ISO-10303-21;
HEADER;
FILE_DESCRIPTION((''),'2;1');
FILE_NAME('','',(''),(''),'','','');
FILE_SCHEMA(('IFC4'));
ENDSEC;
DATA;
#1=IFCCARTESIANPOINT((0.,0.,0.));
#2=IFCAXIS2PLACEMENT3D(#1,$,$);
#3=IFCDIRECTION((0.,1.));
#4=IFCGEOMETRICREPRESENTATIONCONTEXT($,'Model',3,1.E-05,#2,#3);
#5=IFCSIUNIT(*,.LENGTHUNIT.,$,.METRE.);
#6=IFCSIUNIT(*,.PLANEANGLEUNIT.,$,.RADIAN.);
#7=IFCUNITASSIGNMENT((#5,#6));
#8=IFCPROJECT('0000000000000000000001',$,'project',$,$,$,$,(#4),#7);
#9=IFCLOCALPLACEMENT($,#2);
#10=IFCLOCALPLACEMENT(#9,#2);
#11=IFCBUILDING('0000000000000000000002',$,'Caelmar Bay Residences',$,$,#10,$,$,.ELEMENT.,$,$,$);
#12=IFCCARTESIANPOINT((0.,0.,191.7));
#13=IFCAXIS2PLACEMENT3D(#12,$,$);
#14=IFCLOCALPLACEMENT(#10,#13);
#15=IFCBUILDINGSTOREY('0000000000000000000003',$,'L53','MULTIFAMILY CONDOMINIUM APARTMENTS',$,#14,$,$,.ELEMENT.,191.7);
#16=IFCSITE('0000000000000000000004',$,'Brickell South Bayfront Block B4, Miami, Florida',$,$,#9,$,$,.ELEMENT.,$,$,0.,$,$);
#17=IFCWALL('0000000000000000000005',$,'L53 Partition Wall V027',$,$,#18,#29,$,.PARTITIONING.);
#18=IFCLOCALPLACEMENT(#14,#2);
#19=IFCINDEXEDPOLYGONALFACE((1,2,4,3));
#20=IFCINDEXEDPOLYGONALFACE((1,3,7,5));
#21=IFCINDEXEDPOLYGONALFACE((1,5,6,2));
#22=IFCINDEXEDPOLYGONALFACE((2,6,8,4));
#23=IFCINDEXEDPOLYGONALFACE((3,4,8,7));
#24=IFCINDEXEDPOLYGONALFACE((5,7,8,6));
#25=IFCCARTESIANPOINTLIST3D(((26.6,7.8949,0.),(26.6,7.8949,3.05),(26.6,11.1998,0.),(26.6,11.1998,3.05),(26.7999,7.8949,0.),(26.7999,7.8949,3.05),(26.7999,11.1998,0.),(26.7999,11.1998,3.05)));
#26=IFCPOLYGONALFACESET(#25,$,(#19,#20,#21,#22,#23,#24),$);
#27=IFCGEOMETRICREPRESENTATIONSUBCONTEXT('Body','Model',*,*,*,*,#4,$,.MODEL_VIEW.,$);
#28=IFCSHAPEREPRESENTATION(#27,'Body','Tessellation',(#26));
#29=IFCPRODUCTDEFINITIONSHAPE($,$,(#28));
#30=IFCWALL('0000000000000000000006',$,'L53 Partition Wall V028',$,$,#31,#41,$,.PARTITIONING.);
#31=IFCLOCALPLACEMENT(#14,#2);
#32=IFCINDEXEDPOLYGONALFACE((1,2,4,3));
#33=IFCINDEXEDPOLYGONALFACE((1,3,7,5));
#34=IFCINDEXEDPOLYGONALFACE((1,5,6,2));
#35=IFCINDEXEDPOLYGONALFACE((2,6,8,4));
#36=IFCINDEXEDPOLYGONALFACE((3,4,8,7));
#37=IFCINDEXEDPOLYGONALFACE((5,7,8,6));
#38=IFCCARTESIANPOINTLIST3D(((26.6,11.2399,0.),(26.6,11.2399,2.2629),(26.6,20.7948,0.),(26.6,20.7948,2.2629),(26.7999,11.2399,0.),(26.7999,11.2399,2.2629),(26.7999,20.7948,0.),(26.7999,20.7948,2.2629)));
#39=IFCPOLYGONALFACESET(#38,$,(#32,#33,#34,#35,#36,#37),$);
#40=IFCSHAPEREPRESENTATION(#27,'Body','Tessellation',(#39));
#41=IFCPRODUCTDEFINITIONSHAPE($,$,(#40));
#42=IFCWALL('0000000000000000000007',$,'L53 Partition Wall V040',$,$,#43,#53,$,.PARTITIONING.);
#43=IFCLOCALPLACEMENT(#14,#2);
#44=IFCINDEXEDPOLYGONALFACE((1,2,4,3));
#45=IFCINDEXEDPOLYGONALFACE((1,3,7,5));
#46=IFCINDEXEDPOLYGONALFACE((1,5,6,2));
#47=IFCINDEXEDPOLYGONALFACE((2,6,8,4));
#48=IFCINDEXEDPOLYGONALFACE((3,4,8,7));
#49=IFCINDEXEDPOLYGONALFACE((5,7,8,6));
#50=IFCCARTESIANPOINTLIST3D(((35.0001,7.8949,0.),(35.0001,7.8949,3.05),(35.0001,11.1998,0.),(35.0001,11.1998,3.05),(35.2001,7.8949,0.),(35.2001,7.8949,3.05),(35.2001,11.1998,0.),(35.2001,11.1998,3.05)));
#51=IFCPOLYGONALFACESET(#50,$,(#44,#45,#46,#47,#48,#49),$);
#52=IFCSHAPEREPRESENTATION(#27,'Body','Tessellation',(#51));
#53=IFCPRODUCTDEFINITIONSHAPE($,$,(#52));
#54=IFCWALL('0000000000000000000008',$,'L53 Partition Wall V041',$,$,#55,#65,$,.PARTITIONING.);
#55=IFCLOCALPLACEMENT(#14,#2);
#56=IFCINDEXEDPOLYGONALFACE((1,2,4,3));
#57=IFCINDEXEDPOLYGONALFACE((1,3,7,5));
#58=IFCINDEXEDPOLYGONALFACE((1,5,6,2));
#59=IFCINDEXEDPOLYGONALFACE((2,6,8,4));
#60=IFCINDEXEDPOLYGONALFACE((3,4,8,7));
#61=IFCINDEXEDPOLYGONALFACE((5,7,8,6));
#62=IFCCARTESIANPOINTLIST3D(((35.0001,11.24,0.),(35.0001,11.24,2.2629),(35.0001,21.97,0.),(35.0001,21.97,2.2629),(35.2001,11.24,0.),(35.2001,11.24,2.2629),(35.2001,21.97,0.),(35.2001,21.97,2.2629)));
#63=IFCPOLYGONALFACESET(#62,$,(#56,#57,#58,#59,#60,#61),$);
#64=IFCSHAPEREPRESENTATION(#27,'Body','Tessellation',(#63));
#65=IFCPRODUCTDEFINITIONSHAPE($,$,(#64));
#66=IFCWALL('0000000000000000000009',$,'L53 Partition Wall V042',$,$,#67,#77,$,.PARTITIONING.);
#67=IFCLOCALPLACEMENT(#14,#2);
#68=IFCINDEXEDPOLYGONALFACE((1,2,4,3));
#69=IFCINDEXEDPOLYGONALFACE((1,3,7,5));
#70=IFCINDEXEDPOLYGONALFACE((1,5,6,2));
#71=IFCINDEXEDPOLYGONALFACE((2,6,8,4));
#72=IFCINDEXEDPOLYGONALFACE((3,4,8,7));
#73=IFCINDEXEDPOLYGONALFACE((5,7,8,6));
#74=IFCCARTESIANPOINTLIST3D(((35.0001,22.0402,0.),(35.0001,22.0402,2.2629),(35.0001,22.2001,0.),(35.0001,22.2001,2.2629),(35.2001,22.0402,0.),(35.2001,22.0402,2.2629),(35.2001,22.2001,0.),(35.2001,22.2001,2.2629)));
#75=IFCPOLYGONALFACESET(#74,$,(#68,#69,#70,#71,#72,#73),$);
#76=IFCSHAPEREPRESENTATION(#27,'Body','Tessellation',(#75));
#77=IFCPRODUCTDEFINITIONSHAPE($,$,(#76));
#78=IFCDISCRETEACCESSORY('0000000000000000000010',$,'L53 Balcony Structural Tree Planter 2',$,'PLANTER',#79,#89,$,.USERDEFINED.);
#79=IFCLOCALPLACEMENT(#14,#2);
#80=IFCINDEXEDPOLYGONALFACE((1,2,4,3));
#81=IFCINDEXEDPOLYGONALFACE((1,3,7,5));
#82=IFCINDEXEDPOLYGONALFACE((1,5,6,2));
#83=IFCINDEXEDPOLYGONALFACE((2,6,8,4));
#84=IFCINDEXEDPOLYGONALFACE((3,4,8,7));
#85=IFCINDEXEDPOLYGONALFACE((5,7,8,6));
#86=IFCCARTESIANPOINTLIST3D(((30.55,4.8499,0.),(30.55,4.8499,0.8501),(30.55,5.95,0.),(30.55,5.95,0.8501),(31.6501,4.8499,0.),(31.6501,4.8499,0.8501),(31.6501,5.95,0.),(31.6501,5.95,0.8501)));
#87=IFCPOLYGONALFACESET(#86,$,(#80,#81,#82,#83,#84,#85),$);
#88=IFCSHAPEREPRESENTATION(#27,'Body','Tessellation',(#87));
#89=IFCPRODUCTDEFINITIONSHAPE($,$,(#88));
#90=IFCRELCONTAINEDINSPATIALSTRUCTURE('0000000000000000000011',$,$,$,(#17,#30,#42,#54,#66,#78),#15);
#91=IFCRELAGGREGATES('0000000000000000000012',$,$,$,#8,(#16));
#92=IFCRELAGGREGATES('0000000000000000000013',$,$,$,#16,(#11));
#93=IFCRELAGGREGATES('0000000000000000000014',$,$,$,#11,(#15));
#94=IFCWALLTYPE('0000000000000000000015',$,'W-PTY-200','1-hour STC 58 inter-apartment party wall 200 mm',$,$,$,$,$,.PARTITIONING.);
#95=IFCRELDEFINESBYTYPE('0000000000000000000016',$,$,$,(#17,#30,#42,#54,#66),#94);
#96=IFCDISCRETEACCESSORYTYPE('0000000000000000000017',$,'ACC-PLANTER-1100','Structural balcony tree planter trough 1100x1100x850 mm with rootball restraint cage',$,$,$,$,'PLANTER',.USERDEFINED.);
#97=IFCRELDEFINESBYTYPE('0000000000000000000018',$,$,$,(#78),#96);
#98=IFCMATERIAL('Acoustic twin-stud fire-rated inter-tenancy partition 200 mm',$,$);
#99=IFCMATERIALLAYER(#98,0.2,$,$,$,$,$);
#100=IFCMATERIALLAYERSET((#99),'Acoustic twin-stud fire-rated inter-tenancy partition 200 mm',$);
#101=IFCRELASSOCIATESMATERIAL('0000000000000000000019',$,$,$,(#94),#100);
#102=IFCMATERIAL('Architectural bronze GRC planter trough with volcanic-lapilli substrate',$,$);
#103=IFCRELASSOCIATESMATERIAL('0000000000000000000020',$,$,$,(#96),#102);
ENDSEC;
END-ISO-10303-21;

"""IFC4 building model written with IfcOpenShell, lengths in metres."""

from ifc_helpers import new_model, si_unit, direction, frame, frame_2d, origin, origin_2d, place, context, subcontext, project, spatial, rectangle, extrude, material, layer, layer_set, type_object, element, save


model = new_model("IFC4")

# Units and contexts
model_context = context("Model", 3, precision=1e-05, world=origin(), true_north=direction((0.0, 1.0)))
body_context = subcontext(model_context, "Body", "Model", "MODEL_VIEW")
ifc_project = project(units=[si_unit("LENGTHUNIT", "METRE"), si_unit("PLANEANGLEUNIT", "RADIAN")], contexts=[model_context])

# Site, building, storey
site_placement = place(None, origin())
site = spatial("IfcSite", under=ifc_project, at=site_placement, Name="Brickell South Bayfront Block B4, Miami, Florida", CompositionType="ELEMENT", RefElevation=0.0)
building_placement = place(site_placement, origin())
building = spatial("IfcBuilding", under=site, at=building_placement, Name="Caelmar Bay Residences", CompositionType="ELEMENT")
storey_placement = place(building_placement, frame((0.0, 0.0, 191.7)))
storey = spatial("IfcBuildingStorey", under=building, at=storey_placement, Name="L53", Description="MULTIFAMILY CONDOMINIUM APARTMENTS", CompositionType="ELEMENT", Elevation=191.7)

# Walls
ifc_material_1 = material(Name="Acoustic twin-stud fire-rated inter-tenancy partition 200 mm")
ifc_layer_1 = layer(ifc_material_1, 0.2)
ifc_layer_set_1 = layer_set([ifc_layer_1], Name="Acoustic twin-stud fire-rated inter-tenancy partition 200 mm")
wall_type_1 = type_object("IfcWallType", Name="W-PTY-200", Description="1-hour STC 58 inter-apartment party wall 200 mm", PredefinedType="PARTITIONING", material=ifc_layer_set_1)
wall_1_placement = place(storey_placement, frame((26.7, 7.895, 0.0), z_axis=(0.0, 0.0, 1.0), x_axis=(0.0, 1.0, 0.0)))
element("IfcWall", 1, at=wall_1_placement, inside=storey, type_object=wall_type_1, Name="L53 Partition Wall V027", PredefinedType="PARTITIONING", context=body_context, shape_type="SweptSolid", body=[
    extrude(rectangle(XDim=3.3049, YDim=0.2, at=frame_2d((1.6523, 0.0))), origin(), (0.0, 0.0, 1.0), 3.05),
])
wall_2_placement = place(storey_placement, frame((26.7, 11.24, 0.0), z_axis=(0.0, 0.0, 1.0), x_axis=(0.0, 1.0, 0.0)))
element("IfcWall", 2, at=wall_2_placement, inside=storey, type_object=wall_type_1, Name="L53 Partition Wall V028", PredefinedType="PARTITIONING", context=body_context, shape_type="SweptSolid", body=[
    extrude(rectangle(XDim=9.5549, YDim=0.2, at=frame_2d((4.7773, 0.0))), origin(), (0.0, 0.0, 1.0), 2.2629),
])
wall_3_placement = place(storey_placement, frame((35.1001, 7.895, 0.0), z_axis=(0.0, 0.0, 1.0), x_axis=(0.0, 1.0, 0.0)))
element("IfcWall", 3, at=wall_3_placement, inside=storey, type_object=wall_type_1, Name="L53 Partition Wall V040", PredefinedType="PARTITIONING", context=body_context, shape_type="SweptSolid", body=[
    extrude(rectangle(XDim=3.3049, YDim=0.2, at=frame_2d((1.6523, 0.0))), origin(), (0.0, 0.0, 1.0), 3.05),
])
wall_4_placement = place(storey_placement, frame((35.1001, 11.24, 0.0), z_axis=(0.0, 0.0, 1.0), x_axis=(0.0, 1.0, 0.0)))
element("IfcWall", 4, at=wall_4_placement, inside=storey, type_object=wall_type_1, Name="L53 Partition Wall V041", PredefinedType="PARTITIONING", context=body_context, shape_type="SweptSolid", body=[
    extrude(rectangle(XDim=10.73, YDim=0.2, at=frame_2d((5.365, 0.0))), origin(), (0.0, 0.0, 1.0), 2.2629),
])
wall_5_placement = place(storey_placement, frame((35.1001, 22.04, 0.0), z_axis=(0.0, 0.0, 1.0), x_axis=(0.0, 1.0, 0.0)))
element("IfcWall", 5, at=wall_5_placement, inside=storey, type_object=wall_type_1, Name="L53 Partition Wall V042", PredefinedType="PARTITIONING", context=body_context, shape_type="SweptSolid", body=[
    extrude(rectangle(XDim=0.1599, YDim=0.2, at=frame_2d((0.0801, 0.0))), origin(), (0.0, 0.0, 1.0), 2.2629),
])

# Discrete accessory
ifc_material_2 = material(Name="Architectural bronze GRC planter trough with volcanic-lapilli substrate")
discrete_accessory_type = type_object("IfcDiscreteAccessoryType", Name="ACC-PLANTER-1100", Description="Structural balcony tree planter trough 1100x1100x850 mm with rootball restraint cage", ElementType="PLANTER", PredefinedType="USERDEFINED", material=ifc_material_2)
discrete_accessory_placement = place(storey_placement, frame((31.1001, 5.3999, 0.0), z_axis=(0.0, 0.0, 1.0), x_axis=(1.0, 0.0, 0.0)))
element("IfcDiscreteAccessory", 6, at=discrete_accessory_placement, inside=storey, type_object=discrete_accessory_type, Name="L53 Balcony Structural Tree Planter 2", ObjectType="PLANTER", PredefinedType="USERDEFINED", context=body_context, shape_type="SweptSolid", body=[
    extrude(rectangle(XDim=1.1001, YDim=1.1001, at=origin_2d()), origin(), (0.0, 0.0, 1.0), 0.8501),
])

save(model, "model.ifc")
